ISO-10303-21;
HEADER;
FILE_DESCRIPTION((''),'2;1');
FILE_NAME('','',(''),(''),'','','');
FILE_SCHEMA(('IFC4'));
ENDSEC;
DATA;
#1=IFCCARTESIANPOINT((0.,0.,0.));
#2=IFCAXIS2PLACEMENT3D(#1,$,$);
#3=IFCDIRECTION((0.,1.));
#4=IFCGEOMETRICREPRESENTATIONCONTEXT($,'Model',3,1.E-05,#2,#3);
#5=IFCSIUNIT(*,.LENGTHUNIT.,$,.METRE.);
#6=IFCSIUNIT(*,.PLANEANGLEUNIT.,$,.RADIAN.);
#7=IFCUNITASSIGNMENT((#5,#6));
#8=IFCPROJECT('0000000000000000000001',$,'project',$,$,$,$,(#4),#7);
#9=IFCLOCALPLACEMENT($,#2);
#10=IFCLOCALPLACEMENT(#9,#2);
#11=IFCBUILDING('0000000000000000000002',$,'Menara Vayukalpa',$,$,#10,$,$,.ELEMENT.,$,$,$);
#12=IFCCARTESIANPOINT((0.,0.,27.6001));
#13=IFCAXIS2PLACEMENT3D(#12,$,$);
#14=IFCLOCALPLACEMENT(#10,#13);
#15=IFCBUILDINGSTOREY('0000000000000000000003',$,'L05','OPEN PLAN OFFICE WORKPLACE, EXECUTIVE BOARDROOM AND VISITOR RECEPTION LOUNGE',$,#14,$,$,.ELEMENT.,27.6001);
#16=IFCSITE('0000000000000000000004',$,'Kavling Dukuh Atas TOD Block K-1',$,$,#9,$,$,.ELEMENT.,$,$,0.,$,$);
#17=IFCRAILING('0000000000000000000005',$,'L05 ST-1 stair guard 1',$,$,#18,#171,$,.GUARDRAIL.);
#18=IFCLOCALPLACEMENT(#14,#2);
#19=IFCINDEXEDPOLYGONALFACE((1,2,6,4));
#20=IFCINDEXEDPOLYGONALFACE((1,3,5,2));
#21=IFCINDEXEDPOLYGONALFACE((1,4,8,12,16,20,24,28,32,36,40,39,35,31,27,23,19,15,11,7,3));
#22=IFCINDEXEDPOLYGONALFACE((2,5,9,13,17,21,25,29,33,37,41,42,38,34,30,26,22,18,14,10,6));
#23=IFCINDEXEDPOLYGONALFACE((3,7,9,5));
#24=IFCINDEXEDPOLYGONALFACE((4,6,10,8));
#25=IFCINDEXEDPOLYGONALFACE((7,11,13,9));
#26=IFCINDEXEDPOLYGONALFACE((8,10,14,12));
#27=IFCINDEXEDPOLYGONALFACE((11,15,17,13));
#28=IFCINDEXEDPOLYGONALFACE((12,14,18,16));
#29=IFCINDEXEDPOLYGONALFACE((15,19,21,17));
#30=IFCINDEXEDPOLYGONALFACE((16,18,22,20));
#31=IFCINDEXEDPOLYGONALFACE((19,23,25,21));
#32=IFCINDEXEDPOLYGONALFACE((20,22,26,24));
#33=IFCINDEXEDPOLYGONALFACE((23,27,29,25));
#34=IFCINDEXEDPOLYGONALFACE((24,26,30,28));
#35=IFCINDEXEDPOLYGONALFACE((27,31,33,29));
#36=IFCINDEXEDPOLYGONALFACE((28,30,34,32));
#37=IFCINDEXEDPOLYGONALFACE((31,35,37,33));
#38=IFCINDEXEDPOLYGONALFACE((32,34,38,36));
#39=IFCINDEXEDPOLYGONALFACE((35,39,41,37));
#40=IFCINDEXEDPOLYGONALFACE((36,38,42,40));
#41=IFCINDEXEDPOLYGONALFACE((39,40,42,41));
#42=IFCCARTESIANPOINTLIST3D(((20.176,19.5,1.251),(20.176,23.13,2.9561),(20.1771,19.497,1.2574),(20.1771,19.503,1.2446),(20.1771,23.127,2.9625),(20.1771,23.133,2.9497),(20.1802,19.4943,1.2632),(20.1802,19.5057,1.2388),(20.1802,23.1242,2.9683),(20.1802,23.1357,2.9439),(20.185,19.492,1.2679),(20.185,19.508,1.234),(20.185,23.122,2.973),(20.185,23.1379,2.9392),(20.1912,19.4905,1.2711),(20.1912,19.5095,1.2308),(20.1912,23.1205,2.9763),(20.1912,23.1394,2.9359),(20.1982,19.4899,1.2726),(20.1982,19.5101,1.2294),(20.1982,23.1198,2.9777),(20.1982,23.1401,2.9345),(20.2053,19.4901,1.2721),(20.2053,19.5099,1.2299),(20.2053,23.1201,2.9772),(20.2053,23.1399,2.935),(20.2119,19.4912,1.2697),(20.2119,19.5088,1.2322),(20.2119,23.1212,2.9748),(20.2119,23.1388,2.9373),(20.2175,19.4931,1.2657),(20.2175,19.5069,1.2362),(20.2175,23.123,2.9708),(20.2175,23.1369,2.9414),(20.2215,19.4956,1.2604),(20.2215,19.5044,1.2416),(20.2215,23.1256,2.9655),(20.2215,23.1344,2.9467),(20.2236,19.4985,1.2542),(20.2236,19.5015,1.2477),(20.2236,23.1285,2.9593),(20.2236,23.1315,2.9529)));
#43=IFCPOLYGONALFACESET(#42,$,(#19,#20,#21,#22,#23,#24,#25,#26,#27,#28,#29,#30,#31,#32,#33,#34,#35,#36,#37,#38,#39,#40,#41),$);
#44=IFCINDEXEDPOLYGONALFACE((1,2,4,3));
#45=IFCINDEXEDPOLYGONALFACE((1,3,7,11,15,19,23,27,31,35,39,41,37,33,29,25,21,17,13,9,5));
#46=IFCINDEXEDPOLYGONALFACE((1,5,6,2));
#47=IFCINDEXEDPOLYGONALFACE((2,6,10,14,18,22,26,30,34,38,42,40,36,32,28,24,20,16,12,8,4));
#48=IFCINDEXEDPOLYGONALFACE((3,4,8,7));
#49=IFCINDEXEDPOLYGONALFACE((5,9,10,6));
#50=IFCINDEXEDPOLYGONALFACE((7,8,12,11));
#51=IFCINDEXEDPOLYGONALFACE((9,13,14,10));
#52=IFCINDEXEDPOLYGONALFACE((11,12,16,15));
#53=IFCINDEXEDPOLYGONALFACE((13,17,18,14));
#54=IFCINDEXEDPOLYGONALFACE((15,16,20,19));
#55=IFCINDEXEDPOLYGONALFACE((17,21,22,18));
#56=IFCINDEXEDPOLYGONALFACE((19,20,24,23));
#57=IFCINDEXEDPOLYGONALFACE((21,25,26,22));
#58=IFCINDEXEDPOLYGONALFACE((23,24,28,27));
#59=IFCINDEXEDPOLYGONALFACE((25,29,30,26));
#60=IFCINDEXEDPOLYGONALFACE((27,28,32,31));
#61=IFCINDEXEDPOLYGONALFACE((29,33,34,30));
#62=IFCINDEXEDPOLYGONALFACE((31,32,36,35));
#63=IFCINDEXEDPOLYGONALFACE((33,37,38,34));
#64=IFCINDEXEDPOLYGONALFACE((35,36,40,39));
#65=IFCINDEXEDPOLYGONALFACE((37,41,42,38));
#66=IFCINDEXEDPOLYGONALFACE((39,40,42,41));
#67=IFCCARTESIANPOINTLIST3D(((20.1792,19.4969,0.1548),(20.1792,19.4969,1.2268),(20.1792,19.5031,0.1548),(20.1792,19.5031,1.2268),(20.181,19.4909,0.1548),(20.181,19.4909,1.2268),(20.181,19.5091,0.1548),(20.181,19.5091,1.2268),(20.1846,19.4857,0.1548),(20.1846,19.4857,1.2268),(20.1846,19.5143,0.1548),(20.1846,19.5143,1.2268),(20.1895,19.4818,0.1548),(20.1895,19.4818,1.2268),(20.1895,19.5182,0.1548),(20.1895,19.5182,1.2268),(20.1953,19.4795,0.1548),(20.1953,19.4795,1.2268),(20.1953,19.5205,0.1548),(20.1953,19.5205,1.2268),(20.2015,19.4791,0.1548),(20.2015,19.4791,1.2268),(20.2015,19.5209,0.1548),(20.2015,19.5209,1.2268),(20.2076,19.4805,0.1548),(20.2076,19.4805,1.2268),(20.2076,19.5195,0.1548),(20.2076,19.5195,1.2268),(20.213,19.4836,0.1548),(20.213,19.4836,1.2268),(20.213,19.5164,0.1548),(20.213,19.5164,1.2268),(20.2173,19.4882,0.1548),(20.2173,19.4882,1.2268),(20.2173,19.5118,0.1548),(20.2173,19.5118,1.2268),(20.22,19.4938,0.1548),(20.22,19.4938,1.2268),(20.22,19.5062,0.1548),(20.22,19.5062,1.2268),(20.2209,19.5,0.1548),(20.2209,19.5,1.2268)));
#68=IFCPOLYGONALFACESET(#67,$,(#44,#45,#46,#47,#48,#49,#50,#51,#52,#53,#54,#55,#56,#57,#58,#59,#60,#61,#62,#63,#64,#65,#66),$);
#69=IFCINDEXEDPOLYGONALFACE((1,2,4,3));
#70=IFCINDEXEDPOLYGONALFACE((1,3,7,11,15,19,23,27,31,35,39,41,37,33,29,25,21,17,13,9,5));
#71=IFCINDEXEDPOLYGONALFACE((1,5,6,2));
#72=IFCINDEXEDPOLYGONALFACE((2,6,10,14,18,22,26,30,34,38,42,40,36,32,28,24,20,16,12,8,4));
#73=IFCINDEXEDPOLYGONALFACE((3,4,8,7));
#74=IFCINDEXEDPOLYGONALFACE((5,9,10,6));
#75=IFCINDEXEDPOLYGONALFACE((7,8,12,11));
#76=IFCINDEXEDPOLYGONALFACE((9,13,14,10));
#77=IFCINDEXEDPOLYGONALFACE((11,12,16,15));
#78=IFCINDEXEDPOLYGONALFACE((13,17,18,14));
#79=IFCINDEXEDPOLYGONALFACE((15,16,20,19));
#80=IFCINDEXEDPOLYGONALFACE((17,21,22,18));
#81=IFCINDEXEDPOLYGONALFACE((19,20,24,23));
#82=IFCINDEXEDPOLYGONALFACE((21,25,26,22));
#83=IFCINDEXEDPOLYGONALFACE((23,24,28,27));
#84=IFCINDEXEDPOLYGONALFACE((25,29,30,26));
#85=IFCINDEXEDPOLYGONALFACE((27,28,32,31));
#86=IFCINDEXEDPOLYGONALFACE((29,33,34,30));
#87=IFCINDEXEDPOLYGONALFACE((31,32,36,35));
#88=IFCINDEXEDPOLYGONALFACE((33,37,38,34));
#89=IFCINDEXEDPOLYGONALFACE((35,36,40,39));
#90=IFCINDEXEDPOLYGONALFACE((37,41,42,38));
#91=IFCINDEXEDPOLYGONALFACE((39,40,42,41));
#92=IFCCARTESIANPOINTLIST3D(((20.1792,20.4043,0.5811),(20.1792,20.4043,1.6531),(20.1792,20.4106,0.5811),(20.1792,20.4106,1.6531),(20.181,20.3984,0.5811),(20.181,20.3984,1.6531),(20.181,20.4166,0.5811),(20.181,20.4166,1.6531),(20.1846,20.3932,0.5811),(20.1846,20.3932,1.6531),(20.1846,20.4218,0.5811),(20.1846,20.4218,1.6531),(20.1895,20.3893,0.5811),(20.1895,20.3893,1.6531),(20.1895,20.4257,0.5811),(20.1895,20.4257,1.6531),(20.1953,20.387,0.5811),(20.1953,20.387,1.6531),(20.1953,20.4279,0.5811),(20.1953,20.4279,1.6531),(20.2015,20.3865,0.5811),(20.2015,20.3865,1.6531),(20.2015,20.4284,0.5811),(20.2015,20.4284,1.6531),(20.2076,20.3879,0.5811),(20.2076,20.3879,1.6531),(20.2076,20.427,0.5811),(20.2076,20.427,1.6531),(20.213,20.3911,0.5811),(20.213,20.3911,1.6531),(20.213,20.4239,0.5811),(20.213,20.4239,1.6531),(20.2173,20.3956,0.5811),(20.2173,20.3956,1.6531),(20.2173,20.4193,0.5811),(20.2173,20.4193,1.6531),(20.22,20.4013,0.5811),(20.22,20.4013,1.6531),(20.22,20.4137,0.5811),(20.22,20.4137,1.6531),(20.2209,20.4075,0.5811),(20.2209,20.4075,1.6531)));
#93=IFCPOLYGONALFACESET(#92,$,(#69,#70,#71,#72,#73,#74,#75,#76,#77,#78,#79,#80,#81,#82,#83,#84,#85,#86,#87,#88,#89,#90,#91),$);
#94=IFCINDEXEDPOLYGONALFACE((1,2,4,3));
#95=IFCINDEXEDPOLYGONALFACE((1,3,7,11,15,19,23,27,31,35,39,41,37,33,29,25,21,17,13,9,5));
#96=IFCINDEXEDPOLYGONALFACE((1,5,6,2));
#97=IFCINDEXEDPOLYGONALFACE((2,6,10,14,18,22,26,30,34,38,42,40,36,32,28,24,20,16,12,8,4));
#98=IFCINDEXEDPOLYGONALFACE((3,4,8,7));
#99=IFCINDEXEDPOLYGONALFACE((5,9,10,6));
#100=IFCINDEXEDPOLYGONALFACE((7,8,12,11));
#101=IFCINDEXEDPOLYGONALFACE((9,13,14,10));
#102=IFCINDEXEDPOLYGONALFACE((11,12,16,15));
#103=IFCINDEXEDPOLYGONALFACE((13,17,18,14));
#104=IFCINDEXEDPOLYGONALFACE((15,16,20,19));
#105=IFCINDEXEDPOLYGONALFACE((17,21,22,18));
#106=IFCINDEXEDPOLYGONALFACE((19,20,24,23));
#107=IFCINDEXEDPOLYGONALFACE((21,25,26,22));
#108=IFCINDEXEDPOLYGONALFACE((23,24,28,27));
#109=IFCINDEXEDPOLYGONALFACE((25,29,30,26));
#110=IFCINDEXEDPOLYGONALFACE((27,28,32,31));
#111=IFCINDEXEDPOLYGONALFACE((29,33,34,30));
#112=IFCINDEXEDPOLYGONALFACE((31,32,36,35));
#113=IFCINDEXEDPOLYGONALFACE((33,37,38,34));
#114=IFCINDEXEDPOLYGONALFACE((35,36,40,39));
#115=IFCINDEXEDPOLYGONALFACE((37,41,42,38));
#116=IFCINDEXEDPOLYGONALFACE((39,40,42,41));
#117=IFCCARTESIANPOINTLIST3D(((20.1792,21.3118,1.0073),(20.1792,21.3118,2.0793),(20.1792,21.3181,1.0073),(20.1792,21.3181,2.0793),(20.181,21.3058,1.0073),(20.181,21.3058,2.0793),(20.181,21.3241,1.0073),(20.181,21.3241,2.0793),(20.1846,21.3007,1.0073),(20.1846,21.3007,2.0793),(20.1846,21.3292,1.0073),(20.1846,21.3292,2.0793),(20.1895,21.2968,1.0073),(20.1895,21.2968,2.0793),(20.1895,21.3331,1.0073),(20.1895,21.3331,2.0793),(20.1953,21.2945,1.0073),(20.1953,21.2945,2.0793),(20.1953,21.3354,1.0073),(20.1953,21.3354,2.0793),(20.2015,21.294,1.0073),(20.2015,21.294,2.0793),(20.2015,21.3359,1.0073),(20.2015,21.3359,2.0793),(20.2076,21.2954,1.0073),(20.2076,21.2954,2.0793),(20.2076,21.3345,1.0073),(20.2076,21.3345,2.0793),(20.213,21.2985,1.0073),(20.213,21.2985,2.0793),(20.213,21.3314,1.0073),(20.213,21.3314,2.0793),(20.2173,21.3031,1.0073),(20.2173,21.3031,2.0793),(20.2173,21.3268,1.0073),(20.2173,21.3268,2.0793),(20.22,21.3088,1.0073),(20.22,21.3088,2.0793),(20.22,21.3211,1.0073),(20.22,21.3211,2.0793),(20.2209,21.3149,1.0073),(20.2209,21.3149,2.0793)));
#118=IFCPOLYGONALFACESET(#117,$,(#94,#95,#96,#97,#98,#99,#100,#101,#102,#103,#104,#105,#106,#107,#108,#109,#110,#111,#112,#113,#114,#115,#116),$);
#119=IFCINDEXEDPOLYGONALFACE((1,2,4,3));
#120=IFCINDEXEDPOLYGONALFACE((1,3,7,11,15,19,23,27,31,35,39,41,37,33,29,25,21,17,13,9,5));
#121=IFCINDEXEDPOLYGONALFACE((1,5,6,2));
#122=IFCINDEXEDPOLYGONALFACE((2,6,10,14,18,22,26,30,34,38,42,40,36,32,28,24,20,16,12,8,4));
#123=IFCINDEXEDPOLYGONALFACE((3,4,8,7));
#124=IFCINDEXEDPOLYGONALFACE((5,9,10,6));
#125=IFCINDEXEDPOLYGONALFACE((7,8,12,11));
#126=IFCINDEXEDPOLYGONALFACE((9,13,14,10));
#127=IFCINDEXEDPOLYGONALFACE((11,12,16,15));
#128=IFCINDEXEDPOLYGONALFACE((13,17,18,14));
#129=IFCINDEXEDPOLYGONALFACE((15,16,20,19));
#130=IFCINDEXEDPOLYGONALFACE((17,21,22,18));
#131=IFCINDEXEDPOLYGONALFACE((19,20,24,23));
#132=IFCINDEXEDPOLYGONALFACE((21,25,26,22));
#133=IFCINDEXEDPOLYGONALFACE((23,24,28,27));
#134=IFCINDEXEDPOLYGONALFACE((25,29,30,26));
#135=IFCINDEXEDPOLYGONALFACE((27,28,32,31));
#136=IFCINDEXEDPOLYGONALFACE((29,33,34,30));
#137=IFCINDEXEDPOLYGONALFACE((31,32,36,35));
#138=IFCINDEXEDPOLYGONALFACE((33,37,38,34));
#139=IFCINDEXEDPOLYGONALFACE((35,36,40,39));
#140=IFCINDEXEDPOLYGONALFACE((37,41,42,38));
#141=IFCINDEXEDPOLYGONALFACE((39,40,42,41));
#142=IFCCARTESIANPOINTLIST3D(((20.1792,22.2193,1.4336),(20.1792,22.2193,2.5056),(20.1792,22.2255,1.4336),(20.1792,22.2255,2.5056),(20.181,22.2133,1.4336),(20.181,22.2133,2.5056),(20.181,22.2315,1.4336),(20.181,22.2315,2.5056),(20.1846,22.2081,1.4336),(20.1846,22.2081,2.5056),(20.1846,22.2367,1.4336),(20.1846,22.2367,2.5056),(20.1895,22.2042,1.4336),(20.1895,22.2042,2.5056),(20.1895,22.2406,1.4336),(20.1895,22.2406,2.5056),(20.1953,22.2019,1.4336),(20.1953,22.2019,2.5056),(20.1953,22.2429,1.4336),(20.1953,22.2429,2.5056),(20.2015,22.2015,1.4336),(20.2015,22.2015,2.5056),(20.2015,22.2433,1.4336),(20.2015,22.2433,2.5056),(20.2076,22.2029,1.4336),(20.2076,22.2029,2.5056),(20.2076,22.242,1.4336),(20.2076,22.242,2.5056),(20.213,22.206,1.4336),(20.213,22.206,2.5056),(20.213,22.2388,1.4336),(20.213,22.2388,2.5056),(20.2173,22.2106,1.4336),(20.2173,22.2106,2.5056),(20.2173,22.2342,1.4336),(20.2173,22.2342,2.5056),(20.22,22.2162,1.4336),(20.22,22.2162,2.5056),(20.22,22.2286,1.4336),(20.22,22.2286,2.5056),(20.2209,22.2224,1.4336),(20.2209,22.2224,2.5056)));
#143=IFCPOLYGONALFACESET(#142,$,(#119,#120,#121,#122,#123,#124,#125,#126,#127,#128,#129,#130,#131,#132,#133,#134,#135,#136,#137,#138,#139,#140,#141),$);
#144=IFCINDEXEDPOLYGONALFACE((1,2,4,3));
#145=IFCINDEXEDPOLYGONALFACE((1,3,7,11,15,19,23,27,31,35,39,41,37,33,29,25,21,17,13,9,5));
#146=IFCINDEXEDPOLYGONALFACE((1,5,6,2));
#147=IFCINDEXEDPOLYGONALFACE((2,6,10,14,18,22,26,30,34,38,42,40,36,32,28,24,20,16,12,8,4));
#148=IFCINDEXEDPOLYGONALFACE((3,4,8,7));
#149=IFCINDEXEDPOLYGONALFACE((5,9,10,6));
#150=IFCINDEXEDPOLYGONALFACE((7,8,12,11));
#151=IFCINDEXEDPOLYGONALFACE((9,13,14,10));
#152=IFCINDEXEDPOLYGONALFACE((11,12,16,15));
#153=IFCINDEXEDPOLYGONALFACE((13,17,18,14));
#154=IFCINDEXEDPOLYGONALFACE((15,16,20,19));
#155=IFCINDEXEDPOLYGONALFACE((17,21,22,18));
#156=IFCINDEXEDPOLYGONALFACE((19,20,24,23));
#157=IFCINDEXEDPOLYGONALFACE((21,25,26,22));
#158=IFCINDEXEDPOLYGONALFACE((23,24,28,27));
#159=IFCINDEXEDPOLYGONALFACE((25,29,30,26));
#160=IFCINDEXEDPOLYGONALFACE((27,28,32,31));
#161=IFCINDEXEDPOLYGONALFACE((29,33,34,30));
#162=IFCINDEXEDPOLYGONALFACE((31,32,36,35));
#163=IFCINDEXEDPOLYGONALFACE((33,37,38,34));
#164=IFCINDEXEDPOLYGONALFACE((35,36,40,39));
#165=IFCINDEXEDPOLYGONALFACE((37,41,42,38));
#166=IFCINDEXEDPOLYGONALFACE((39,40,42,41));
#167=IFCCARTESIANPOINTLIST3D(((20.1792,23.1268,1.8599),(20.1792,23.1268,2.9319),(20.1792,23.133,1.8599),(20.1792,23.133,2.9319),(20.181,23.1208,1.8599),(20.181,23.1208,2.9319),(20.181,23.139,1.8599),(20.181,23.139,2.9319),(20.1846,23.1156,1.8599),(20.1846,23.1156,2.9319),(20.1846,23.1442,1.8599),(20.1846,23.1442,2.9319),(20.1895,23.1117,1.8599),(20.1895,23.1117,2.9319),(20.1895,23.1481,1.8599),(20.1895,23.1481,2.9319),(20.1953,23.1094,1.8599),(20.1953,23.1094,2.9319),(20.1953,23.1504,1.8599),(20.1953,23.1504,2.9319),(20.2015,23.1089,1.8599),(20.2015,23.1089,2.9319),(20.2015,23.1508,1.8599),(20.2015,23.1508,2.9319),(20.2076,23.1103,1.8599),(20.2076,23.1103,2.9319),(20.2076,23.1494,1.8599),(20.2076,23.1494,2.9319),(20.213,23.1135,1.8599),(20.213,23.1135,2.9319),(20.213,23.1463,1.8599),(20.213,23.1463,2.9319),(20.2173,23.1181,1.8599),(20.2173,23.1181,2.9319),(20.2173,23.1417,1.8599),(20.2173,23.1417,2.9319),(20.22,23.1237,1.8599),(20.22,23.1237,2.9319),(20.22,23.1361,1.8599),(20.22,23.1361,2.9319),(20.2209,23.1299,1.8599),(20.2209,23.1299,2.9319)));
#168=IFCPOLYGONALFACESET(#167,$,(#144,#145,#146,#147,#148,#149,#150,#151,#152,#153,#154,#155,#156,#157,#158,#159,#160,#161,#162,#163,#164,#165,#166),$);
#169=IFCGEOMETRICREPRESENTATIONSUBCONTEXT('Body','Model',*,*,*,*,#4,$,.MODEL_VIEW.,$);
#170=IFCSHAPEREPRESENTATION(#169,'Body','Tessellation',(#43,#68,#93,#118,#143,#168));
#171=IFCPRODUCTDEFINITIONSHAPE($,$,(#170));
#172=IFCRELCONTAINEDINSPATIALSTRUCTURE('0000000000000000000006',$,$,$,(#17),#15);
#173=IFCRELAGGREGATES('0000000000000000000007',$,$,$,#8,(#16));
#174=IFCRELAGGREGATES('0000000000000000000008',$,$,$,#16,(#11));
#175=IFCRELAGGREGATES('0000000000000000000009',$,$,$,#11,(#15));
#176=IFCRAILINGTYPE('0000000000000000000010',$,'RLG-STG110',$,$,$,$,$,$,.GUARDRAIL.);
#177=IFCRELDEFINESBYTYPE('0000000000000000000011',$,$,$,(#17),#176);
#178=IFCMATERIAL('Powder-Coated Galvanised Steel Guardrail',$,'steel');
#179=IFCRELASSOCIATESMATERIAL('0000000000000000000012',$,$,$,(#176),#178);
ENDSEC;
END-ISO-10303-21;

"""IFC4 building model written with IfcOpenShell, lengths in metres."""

from ifc_helpers import new_model, si_unit, direction, frame, origin, origin_2d, place, context, subcontext, project, spatial, circle, extrude, material, type_object, element, save


model = new_model("IFC4")

# Units and contexts
model_context = context("Model", 3, precision=1e-05, world=origin(), true_north=direction((0.0, 1.0)))
body_context = subcontext(model_context, "Body", "Model", "MODEL_VIEW")
ifc_project = project(units=[si_unit("LENGTHUNIT", "METRE"), si_unit("PLANEANGLEUNIT", "RADIAN")], contexts=[model_context])

# Site, building, storey
site_placement = place(None, origin())
site = spatial("IfcSite", under=ifc_project, at=site_placement, Name="Kavling Dukuh Atas TOD Block K-1", CompositionType="ELEMENT", RefElevation=0.0)
building_placement = place(site_placement, origin())
building = spatial("IfcBuilding", under=site, at=building_placement, Name="Menara Vayukalpa", CompositionType="ELEMENT")
storey_placement = place(building_placement, frame((0.0, 0.0, 27.6001)))
storey = spatial("IfcBuildingStorey", under=building, at=storey_placement, Name="L05", Description="OPEN PLAN OFFICE WORKPLACE, EXECUTIVE BOARDROOM AND VISITOR RECEPTION LOUNGE", CompositionType="ELEMENT", Elevation=27.6001)

# Railing
ifc_material_1 = material(Name="Powder-Coated Galvanised Steel Guardrail", Category="steel")
railing_type = type_object("IfcRailingType", Name="RLG-STG110", PredefinedType="GUARDRAIL", material=ifc_material_1)
railing_1_placement = place(storey_placement, frame((20.2, 19.5, 0.1548)))
element("IfcRailing", 1, at=railing_1_placement, inside=storey, type_object=railing_type, Name="L05 ST-1 stair guard 1", PredefinedType="GUARDRAIL", context=body_context, shape_type="SweptSolid", body=[
    extrude(circle(Radius=0.0239, at=origin_2d()), frame((0.0, 0.0, 1.0962), z_axis=(0.0, 0.905116, 0.425164), x_axis=(-1.0, 0.0, 0.0)), (0.0, 0.0, 1.0), 4.0105),
    extrude(circle(Radius=0.021, at=origin_2d()), origin(), (0.0, 0.0, 1.0), 1.072),
    extrude(circle(Radius=0.021, at=origin_2d()), frame((0.0, 0.9075, 0.4263)), (0.0, 0.0, 1.0), 1.072),
    extrude(circle(Radius=0.021, at=origin_2d()), frame((0.0, 1.8149, 0.8525)), (0.0, 0.0, 1.0), 1.072),
    extrude(circle(Radius=0.021, at=origin_2d()), frame((0.0, 2.7224, 1.2788)), (0.0, 0.0, 1.0), 1.072),
    extrude(circle(Radius=0.021, at=origin_2d()), frame((0.0, 3.6299, 1.7051)), (0.0, 0.0, 1.0), 1.072),
])

save(model, "model.ifc")
